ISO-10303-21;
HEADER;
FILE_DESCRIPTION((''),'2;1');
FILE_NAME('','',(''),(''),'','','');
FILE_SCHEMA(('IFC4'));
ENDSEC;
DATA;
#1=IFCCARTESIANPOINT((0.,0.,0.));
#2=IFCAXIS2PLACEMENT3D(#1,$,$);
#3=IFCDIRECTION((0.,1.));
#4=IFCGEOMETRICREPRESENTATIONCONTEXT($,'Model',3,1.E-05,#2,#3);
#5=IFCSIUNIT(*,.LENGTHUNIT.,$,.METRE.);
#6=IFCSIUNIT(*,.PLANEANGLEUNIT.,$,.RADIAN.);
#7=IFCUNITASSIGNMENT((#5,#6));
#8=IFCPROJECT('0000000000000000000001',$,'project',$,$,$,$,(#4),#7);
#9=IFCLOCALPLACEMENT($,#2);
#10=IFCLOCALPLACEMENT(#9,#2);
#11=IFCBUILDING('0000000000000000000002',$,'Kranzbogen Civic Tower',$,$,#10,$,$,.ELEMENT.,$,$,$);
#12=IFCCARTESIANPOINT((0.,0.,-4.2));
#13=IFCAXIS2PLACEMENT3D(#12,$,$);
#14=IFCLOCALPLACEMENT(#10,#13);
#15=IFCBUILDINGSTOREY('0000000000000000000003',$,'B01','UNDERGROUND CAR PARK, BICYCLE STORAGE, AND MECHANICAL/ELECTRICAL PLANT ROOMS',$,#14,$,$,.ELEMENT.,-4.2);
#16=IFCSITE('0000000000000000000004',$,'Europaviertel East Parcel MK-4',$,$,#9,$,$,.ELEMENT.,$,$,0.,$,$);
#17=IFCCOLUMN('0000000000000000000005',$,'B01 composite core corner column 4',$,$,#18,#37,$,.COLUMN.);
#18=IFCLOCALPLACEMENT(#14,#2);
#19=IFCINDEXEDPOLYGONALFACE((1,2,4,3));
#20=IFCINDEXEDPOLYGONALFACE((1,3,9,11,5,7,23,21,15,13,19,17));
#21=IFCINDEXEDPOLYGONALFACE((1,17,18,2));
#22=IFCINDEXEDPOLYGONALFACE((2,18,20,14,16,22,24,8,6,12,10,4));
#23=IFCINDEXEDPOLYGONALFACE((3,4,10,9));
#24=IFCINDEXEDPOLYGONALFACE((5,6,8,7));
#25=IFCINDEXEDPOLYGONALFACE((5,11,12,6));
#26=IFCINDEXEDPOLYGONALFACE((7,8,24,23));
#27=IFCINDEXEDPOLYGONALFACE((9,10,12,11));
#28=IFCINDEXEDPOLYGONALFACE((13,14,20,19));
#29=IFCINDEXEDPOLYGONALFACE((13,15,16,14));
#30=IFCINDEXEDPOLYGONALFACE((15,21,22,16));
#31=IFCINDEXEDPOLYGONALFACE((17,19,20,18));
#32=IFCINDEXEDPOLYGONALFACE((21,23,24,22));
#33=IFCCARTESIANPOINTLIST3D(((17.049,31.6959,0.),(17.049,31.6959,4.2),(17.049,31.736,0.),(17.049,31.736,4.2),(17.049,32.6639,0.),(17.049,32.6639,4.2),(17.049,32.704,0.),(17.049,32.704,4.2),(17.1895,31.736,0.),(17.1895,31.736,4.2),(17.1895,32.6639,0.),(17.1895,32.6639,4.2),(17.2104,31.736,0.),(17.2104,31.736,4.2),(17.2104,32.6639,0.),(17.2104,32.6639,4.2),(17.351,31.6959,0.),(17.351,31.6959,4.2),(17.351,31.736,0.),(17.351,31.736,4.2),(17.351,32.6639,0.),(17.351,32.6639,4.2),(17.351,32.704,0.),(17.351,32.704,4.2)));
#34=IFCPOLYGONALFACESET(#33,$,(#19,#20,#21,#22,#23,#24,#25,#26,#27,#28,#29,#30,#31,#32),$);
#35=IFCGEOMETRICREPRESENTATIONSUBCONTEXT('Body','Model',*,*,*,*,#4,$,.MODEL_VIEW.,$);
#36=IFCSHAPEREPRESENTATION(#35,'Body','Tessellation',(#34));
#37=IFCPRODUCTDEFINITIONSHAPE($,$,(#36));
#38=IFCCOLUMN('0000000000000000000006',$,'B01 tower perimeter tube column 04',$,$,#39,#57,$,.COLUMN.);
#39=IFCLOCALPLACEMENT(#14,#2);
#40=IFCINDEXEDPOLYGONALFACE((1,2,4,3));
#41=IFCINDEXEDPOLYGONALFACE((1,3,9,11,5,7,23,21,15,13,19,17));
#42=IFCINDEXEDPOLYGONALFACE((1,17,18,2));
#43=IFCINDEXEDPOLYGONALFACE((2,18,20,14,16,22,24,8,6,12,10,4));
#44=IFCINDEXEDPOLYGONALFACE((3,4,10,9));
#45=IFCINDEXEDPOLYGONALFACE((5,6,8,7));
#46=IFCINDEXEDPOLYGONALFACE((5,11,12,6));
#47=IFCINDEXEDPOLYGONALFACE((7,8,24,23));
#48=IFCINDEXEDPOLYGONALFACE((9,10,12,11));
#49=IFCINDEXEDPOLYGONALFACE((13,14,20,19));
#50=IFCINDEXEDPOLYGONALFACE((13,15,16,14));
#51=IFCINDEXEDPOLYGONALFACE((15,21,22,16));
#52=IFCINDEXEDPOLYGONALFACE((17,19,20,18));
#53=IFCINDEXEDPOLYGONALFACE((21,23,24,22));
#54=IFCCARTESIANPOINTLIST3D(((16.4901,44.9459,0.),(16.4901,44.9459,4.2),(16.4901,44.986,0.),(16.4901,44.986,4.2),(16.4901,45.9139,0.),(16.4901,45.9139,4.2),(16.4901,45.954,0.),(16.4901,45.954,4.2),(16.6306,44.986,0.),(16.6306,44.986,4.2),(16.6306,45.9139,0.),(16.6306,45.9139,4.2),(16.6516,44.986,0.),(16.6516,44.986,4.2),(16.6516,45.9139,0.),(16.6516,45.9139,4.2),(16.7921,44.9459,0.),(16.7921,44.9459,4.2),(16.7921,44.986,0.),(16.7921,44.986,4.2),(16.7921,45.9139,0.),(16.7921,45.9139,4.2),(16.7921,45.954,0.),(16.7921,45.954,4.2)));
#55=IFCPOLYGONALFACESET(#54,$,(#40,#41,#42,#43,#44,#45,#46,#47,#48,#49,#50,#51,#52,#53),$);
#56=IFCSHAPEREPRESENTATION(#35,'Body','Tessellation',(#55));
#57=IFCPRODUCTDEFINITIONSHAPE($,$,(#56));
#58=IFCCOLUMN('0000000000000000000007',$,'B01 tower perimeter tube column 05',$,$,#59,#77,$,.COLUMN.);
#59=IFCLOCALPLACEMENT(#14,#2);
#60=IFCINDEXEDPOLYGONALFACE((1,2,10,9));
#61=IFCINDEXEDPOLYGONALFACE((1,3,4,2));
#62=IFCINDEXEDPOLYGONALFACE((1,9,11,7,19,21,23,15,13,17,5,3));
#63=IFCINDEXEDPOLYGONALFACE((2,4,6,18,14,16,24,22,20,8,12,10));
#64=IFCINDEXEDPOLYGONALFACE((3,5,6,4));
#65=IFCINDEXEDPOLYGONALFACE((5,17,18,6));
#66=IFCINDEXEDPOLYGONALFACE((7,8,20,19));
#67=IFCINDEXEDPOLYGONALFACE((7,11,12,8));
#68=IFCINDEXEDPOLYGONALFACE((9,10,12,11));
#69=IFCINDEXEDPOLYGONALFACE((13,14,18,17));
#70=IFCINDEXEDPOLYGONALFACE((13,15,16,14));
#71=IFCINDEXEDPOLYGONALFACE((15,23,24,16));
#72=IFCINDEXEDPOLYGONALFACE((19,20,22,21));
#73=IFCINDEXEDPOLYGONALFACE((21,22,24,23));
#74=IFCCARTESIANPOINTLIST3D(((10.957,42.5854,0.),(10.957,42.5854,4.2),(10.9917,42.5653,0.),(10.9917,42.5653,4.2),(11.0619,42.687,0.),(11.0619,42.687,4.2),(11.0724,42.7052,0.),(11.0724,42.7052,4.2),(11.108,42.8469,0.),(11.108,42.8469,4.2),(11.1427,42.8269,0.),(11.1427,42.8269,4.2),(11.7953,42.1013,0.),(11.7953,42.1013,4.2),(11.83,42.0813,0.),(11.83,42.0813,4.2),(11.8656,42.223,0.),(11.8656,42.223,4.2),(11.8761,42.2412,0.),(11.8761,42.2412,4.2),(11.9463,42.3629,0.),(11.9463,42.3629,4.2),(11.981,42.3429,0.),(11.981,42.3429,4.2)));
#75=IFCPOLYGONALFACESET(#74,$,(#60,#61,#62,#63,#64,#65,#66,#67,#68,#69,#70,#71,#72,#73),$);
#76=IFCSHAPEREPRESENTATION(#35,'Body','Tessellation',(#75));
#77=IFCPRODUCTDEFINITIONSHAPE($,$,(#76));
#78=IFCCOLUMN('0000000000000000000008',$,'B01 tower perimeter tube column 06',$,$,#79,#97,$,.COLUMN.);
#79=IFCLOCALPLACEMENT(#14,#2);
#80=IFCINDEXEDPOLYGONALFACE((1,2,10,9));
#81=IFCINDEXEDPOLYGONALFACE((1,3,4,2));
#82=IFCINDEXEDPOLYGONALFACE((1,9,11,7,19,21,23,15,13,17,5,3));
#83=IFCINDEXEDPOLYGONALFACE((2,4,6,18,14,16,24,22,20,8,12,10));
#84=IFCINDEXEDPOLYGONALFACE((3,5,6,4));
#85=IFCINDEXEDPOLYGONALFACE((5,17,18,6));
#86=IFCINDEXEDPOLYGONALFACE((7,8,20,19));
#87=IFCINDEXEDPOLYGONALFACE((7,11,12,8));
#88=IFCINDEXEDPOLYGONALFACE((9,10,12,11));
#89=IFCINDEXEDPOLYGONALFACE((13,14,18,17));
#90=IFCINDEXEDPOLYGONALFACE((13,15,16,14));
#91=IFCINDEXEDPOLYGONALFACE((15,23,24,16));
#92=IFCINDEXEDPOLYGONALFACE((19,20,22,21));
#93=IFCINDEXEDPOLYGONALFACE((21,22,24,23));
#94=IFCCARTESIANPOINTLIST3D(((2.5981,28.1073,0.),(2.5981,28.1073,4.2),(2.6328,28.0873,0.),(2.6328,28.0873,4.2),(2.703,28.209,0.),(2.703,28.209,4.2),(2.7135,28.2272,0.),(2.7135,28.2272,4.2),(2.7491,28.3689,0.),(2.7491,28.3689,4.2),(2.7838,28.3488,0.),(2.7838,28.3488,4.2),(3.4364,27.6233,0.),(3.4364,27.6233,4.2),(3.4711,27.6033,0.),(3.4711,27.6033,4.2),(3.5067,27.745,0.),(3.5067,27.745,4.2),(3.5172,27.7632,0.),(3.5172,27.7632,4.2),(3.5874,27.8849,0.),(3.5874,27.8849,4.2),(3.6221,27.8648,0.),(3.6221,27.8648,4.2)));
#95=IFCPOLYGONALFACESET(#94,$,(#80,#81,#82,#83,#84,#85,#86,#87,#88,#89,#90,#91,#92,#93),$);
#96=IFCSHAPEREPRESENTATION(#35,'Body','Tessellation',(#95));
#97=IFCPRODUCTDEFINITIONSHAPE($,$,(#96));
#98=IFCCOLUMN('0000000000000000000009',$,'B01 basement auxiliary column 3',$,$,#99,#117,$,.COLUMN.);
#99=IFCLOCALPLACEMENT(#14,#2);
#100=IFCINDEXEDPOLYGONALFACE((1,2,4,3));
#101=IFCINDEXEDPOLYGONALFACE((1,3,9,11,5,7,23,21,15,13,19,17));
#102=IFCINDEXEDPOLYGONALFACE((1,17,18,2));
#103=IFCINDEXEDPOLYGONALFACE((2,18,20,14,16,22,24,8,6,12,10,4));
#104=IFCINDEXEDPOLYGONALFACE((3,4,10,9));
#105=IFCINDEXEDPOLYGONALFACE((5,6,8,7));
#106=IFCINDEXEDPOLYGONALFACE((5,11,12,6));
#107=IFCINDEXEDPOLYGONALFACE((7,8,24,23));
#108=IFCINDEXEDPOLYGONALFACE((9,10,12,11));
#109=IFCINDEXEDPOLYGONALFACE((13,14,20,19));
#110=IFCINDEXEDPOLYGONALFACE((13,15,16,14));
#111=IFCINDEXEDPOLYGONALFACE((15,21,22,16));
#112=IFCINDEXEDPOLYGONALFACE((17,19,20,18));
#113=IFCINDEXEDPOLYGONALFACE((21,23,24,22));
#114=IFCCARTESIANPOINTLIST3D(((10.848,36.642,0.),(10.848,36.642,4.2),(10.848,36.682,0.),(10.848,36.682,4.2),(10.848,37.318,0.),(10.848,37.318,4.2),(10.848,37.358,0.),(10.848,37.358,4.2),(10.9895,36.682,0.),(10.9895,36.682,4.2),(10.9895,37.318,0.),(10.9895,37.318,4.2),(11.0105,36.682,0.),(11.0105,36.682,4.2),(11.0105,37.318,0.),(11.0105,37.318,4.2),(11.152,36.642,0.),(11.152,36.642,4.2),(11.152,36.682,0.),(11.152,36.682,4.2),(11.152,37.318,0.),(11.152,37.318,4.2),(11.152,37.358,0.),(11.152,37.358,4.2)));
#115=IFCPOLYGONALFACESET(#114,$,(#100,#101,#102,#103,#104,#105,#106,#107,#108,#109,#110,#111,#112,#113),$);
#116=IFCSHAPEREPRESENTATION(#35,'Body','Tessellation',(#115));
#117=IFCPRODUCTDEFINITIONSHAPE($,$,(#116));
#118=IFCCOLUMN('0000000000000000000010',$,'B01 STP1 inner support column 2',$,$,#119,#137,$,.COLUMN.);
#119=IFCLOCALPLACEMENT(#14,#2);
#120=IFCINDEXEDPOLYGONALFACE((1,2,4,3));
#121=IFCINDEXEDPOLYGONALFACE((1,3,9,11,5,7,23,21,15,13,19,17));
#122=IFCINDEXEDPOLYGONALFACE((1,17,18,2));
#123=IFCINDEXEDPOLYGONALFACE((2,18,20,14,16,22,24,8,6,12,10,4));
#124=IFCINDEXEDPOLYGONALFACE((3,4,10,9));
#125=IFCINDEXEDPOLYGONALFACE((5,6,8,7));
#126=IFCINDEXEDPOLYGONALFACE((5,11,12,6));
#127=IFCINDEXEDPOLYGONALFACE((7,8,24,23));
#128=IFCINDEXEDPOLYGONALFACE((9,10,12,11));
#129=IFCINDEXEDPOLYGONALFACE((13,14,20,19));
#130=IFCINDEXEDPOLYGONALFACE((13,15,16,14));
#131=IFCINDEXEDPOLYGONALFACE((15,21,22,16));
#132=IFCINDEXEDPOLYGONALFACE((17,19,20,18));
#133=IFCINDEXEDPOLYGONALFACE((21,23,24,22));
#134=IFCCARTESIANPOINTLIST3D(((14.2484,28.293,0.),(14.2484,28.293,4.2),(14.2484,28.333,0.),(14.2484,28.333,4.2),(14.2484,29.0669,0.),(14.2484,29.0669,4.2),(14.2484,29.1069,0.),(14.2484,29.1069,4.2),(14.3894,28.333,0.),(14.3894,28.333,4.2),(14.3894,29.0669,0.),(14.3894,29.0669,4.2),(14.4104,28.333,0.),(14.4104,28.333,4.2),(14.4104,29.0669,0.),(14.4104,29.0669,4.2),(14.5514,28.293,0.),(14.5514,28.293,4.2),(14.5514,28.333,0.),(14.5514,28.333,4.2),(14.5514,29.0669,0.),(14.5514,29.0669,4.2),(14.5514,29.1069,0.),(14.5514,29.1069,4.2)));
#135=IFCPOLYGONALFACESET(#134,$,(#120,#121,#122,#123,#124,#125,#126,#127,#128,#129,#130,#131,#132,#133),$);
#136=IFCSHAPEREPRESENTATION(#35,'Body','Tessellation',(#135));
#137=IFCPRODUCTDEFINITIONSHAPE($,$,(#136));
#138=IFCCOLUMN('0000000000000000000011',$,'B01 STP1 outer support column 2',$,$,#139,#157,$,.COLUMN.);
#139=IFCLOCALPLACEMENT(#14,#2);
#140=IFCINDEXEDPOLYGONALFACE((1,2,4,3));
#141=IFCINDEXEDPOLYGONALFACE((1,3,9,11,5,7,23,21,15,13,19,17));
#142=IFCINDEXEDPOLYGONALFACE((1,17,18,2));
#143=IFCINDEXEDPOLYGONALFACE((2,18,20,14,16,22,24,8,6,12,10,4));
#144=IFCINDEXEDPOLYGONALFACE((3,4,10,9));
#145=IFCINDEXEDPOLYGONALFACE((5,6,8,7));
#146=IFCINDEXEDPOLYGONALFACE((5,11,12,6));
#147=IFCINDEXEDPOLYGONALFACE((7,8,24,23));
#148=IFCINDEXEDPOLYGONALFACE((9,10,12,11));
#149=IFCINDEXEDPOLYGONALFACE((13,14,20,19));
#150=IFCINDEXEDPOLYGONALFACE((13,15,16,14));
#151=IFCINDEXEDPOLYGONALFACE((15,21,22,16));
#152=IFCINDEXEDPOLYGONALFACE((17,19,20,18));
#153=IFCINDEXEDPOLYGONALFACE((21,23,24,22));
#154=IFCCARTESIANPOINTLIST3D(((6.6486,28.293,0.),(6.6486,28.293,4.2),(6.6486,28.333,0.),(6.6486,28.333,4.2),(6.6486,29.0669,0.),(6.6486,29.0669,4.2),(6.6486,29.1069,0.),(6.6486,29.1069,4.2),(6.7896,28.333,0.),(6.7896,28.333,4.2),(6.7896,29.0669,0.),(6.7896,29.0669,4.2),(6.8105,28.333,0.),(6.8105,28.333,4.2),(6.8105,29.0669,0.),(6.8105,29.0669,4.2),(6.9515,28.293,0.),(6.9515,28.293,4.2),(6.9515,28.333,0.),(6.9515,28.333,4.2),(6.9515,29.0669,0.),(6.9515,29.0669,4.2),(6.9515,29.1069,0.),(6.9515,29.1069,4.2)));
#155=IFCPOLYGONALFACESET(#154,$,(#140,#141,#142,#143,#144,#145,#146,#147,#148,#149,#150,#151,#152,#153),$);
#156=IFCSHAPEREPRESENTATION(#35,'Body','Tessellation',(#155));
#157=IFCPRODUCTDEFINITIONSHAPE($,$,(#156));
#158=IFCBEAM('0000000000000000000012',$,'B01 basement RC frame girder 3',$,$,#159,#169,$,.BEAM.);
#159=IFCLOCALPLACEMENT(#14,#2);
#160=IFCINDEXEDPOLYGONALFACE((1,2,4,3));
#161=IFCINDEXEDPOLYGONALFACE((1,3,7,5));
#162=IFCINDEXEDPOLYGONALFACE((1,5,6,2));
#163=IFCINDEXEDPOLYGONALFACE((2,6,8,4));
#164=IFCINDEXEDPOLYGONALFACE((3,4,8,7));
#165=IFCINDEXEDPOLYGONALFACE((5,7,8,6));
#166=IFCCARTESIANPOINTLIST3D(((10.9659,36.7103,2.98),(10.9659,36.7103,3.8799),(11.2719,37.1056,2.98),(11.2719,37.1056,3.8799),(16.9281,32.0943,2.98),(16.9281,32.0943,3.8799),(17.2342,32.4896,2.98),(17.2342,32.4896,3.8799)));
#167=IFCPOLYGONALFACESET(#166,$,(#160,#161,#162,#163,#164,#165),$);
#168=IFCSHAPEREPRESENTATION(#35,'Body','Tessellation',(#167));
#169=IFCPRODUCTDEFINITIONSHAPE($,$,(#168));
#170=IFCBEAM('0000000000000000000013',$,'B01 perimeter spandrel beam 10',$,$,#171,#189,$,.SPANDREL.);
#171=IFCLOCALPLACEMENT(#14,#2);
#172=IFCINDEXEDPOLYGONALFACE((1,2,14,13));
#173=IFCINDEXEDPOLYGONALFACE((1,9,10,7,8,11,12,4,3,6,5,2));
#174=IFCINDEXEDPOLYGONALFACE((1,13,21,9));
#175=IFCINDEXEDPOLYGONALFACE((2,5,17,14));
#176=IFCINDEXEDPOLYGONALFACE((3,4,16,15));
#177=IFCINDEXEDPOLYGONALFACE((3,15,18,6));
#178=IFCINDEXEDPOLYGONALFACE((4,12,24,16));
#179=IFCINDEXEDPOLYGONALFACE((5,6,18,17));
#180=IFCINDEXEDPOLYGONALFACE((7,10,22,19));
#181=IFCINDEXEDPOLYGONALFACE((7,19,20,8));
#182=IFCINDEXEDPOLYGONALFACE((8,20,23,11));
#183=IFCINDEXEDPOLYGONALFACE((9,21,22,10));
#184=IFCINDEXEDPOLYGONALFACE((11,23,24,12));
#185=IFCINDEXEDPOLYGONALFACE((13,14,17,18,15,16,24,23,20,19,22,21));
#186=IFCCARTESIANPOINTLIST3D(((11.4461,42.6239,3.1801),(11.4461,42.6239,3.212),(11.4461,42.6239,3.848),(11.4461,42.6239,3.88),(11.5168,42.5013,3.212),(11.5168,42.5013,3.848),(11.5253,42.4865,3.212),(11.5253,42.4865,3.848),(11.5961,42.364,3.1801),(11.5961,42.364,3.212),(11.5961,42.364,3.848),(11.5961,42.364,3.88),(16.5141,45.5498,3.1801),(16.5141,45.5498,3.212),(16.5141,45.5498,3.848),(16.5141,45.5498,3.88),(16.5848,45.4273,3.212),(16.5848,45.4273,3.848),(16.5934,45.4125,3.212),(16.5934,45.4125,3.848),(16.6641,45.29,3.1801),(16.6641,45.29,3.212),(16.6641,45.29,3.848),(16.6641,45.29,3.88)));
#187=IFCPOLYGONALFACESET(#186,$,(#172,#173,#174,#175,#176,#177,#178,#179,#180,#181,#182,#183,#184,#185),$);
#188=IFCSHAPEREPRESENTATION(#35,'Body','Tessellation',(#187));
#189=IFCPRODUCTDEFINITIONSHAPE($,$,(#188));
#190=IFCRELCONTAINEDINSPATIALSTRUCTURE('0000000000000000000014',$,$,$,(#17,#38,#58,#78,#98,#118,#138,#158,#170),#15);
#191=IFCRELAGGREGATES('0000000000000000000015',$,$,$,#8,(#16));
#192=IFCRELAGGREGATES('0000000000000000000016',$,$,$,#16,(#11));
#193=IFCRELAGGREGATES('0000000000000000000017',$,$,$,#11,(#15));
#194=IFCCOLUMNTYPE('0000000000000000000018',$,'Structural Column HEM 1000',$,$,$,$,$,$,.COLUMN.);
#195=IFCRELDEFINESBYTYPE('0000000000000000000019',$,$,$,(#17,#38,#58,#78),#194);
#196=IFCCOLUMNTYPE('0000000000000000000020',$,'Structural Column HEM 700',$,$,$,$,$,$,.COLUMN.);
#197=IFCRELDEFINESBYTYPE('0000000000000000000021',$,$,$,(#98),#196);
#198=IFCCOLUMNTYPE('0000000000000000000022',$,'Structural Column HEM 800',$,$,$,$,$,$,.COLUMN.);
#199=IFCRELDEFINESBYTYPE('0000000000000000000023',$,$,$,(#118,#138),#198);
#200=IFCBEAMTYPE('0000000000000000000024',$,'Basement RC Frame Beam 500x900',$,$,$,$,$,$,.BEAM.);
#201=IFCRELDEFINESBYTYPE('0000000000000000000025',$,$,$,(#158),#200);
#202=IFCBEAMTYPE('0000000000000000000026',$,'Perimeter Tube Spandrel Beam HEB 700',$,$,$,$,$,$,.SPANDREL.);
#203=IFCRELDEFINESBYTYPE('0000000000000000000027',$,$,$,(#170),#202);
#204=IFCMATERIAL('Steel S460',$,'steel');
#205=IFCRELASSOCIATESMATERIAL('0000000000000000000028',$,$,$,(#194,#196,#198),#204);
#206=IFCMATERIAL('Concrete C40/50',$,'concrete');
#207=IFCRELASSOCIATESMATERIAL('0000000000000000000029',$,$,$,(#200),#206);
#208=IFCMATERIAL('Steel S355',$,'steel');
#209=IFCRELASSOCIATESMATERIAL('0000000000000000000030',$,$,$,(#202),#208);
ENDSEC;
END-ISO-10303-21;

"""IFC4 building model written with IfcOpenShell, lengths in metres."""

from ifc_helpers import new_model, si_unit, direction, frame, origin, origin_2d, place, context, subcontext, project, spatial, rectangle, i_section, extrude, material, material_profile, profile_set, type_object, element, save


model = new_model("IFC4")

# Units and contexts
model_context = context("Model", 3, precision=1e-05, world=origin(), true_north=direction((0.0, 1.0)))
body_context = subcontext(model_context, "Body", "Model", "MODEL_VIEW")
ifc_project = project(units=[si_unit("LENGTHUNIT", "METRE"), si_unit("PLANEANGLEUNIT", "RADIAN")], contexts=[model_context])

# Site, building, storey
site_placement = place(None, origin())
site = spatial("IfcSite", under=ifc_project, at=site_placement, Name="Europaviertel East Parcel MK-4", CompositionType="ELEMENT", RefElevation=0.0)
building_placement = place(site_placement, origin())
building = spatial("IfcBuilding", under=site, at=building_placement, Name="Kranzbogen Civic Tower", CompositionType="ELEMENT")
storey_placement = place(building_placement, frame((0.0, 0.0, -4.2)))
storey = spatial("IfcBuildingStorey", under=building, at=storey_placement, Name="B01", Description="UNDERGROUND CAR PARK, BICYCLE STORAGE, AND MECHANICAL/ELECTRICAL PLANT ROOMS", CompositionType="ELEMENT", Elevation=-4.2)

# Columns
ifc_material_1 = material(Name="Steel S460", Category="steel")
ifc_material_profile_1 = material_profile(ifc_material_1, i_section(OverallWidth=0.302, OverallDepth=1.0081, WebThickness=0.021, FlangeThickness=0.04, at=origin_2d()), Name="HEM 1000")
ifc_profile_set_1 = profile_set([ifc_material_profile_1], Name="Steel S460")
column_type_1 = type_object("IfcColumnType", Name="Structural Column HEM 1000", PredefinedType="COLUMN", material=ifc_profile_set_1)
for number, where, z_axis, x_axis, name in (
    (1, (17.2, 32.2, 0.0), (0.0, 0.0, 1.0), (1.0, 0.0, 0.0), "B01 composite core corner column 4"),
    (2, (16.6411, 45.45, 0.0), (0.0, 0.0, 1.0), (1.0, 0.0, 0.0), "B01 tower perimeter tube column 04"),
    (3, (11.469, 42.4641, 0.0), (0.0, 0.0, 1.0), (0.5, 0.866025, 0.0), "B01 tower perimeter tube column 05"),
    (4, (3.1101, 27.9861, 0.0), (0.0, 0.0, 1.0), (0.5, 0.866025, 0.0), "B01 tower perimeter tube column 06"),
):
    element("IfcColumn", number, at=place(storey_placement, frame(where, z_axis=z_axis, x_axis=x_axis)), inside=storey, type_object=column_type_1, Name=name, PredefinedType="COLUMN", context=body_context, shape_type="SweptSolid", body=[
        extrude(i_section(OverallWidth=0.302, OverallDepth=1.0081, WebThickness=0.021, FlangeThickness=0.04, at=origin_2d()), origin(), (0.0, 0.0, 1.0), 4.2),
    ])
ifc_material_profile_2 = material_profile(ifc_material_1, i_section(OverallWidth=0.304, OverallDepth=0.7161, WebThickness=0.021, FlangeThickness=0.04, at=origin_2d()), Name="HEM 700")
ifc_profile_set_2 = profile_set([ifc_material_profile_2], Name="Steel S460")
column_type_2 = type_object("IfcColumnType", Name="Structural Column HEM 700", PredefinedType="COLUMN", material=ifc_profile_set_2)
column_placement = place(storey_placement, frame((11.0, 37.0, 0.0), z_axis=(0.0, 0.0, 1.0), x_axis=(1.0, 0.0, 0.0)))
element("IfcColumn", 5, at=column_placement, inside=storey, type_object=column_type_2, Name="B01 basement auxiliary column 3", PredefinedType="COLUMN", context=body_context, shape_type="SweptSolid", body=[
    extrude(i_section(OverallWidth=0.304, OverallDepth=0.7161, WebThickness=0.021, FlangeThickness=0.04, at=origin_2d()), origin(), (0.0, 0.0, 1.0), 4.2),
])
ifc_material_profile_3 = material_profile(ifc_material_1, i_section(OverallWidth=0.303, OverallDepth=0.814, WebThickness=0.021, FlangeThickness=0.04, at=origin_2d()), Name="HEM 800")
ifc_profile_set_3 = profile_set([ifc_material_profile_3], Name="Steel S460")
column_type_3 = type_object("IfcColumnType", Name="Structural Column HEM 800", PredefinedType="COLUMN", material=ifc_profile_set_3)
for number, where, z_axis, x_axis, name in (
    (6, (14.3999, 28.7, 0.0), (0.0, 0.0, 1.0), (1.0, 0.0, 0.0), "B01 STP1 inner support column 2"),
    (7, (6.8, 28.7, 0.0), (0.0, 0.0, 1.0), (1.0, 0.0, 0.0), "B01 STP1 outer support column 2"),
):
    element("IfcColumn", number, at=place(storey_placement, frame(where, z_axis=z_axis, x_axis=x_axis)), inside=storey, type_object=column_type_3, Name=name, PredefinedType="COLUMN", context=body_context, shape_type="SweptSolid", body=[
        extrude(i_section(OverallWidth=0.303, OverallDepth=0.814, WebThickness=0.021, FlangeThickness=0.04, at=origin_2d()), origin(), (0.0, 0.0, 1.0), 4.2),
    ])

# Beams
ifc_material_2 = material(Name="Concrete C40/50", Category="concrete")
ifc_material_profile_4 = material_profile(ifc_material_2, rectangle(XDim=0.5, YDim=0.8999, at=origin_2d()), Name="RC-BM 500x900")
ifc_profile_set_4 = profile_set([ifc_material_profile_4], Name="Concrete C40/50")
beam_type_1 = type_object("IfcBeamType", Name="Basement RC Frame Beam 500x900", PredefinedType="BEAM", material=ifc_profile_set_4)
beam_1_placement = place(storey_placement, frame((11.1189, 36.908, 3.4299), z_axis=(0.790717, -0.612182, 0.0), x_axis=(0.612182, 0.790717, 0.0)))
element("IfcBeam", 8, at=beam_1_placement, inside=storey, type_object=beam_type_1, Name="B01 basement RC frame girder 3", PredefinedType="BEAM", context=body_context, shape_type="SweptSolid", body=[
    extrude(rectangle(XDim=0.5, YDim=0.8999, at=origin_2d()), origin(), (0.0, 0.0, 1.0), 7.5403),
])
ifc_material_3 = material(Name="Steel S355", Category="steel")
ifc_material_profile_5 = material_profile(ifc_material_3, i_section(OverallWidth=0.3, OverallDepth=0.7, WebThickness=0.0171, FlangeThickness=0.032, at=origin_2d()), Name="HEB 700")
ifc_profile_set_5 = profile_set([ifc_material_profile_5], Name="Steel S355")
beam_type_2 = type_object("IfcBeamType", Name="Perimeter Tube Spandrel Beam HEB 700", PredefinedType="SPANDREL", material=ifc_profile_set_5)
beam_2_placement = place(storey_placement, frame((16.5891, 45.4199, 3.53), z_axis=(-0.866029, -0.499993, 0.0), x_axis=(0.499993, -0.866029, 0.0)))
element("IfcBeam", 9, at=beam_2_placement, inside=storey, type_object=beam_type_2, Name="B01 perimeter spandrel beam 10", PredefinedType="SPANDREL", context=body_context, shape_type="SweptSolid", body=[
    extrude(i_section(OverallWidth=0.3, OverallDepth=0.7, WebThickness=0.0171, FlangeThickness=0.032, at=origin_2d()), origin(), (0.0, 0.0, 1.0), 5.8521),
])

save(model, "model.ifc")
